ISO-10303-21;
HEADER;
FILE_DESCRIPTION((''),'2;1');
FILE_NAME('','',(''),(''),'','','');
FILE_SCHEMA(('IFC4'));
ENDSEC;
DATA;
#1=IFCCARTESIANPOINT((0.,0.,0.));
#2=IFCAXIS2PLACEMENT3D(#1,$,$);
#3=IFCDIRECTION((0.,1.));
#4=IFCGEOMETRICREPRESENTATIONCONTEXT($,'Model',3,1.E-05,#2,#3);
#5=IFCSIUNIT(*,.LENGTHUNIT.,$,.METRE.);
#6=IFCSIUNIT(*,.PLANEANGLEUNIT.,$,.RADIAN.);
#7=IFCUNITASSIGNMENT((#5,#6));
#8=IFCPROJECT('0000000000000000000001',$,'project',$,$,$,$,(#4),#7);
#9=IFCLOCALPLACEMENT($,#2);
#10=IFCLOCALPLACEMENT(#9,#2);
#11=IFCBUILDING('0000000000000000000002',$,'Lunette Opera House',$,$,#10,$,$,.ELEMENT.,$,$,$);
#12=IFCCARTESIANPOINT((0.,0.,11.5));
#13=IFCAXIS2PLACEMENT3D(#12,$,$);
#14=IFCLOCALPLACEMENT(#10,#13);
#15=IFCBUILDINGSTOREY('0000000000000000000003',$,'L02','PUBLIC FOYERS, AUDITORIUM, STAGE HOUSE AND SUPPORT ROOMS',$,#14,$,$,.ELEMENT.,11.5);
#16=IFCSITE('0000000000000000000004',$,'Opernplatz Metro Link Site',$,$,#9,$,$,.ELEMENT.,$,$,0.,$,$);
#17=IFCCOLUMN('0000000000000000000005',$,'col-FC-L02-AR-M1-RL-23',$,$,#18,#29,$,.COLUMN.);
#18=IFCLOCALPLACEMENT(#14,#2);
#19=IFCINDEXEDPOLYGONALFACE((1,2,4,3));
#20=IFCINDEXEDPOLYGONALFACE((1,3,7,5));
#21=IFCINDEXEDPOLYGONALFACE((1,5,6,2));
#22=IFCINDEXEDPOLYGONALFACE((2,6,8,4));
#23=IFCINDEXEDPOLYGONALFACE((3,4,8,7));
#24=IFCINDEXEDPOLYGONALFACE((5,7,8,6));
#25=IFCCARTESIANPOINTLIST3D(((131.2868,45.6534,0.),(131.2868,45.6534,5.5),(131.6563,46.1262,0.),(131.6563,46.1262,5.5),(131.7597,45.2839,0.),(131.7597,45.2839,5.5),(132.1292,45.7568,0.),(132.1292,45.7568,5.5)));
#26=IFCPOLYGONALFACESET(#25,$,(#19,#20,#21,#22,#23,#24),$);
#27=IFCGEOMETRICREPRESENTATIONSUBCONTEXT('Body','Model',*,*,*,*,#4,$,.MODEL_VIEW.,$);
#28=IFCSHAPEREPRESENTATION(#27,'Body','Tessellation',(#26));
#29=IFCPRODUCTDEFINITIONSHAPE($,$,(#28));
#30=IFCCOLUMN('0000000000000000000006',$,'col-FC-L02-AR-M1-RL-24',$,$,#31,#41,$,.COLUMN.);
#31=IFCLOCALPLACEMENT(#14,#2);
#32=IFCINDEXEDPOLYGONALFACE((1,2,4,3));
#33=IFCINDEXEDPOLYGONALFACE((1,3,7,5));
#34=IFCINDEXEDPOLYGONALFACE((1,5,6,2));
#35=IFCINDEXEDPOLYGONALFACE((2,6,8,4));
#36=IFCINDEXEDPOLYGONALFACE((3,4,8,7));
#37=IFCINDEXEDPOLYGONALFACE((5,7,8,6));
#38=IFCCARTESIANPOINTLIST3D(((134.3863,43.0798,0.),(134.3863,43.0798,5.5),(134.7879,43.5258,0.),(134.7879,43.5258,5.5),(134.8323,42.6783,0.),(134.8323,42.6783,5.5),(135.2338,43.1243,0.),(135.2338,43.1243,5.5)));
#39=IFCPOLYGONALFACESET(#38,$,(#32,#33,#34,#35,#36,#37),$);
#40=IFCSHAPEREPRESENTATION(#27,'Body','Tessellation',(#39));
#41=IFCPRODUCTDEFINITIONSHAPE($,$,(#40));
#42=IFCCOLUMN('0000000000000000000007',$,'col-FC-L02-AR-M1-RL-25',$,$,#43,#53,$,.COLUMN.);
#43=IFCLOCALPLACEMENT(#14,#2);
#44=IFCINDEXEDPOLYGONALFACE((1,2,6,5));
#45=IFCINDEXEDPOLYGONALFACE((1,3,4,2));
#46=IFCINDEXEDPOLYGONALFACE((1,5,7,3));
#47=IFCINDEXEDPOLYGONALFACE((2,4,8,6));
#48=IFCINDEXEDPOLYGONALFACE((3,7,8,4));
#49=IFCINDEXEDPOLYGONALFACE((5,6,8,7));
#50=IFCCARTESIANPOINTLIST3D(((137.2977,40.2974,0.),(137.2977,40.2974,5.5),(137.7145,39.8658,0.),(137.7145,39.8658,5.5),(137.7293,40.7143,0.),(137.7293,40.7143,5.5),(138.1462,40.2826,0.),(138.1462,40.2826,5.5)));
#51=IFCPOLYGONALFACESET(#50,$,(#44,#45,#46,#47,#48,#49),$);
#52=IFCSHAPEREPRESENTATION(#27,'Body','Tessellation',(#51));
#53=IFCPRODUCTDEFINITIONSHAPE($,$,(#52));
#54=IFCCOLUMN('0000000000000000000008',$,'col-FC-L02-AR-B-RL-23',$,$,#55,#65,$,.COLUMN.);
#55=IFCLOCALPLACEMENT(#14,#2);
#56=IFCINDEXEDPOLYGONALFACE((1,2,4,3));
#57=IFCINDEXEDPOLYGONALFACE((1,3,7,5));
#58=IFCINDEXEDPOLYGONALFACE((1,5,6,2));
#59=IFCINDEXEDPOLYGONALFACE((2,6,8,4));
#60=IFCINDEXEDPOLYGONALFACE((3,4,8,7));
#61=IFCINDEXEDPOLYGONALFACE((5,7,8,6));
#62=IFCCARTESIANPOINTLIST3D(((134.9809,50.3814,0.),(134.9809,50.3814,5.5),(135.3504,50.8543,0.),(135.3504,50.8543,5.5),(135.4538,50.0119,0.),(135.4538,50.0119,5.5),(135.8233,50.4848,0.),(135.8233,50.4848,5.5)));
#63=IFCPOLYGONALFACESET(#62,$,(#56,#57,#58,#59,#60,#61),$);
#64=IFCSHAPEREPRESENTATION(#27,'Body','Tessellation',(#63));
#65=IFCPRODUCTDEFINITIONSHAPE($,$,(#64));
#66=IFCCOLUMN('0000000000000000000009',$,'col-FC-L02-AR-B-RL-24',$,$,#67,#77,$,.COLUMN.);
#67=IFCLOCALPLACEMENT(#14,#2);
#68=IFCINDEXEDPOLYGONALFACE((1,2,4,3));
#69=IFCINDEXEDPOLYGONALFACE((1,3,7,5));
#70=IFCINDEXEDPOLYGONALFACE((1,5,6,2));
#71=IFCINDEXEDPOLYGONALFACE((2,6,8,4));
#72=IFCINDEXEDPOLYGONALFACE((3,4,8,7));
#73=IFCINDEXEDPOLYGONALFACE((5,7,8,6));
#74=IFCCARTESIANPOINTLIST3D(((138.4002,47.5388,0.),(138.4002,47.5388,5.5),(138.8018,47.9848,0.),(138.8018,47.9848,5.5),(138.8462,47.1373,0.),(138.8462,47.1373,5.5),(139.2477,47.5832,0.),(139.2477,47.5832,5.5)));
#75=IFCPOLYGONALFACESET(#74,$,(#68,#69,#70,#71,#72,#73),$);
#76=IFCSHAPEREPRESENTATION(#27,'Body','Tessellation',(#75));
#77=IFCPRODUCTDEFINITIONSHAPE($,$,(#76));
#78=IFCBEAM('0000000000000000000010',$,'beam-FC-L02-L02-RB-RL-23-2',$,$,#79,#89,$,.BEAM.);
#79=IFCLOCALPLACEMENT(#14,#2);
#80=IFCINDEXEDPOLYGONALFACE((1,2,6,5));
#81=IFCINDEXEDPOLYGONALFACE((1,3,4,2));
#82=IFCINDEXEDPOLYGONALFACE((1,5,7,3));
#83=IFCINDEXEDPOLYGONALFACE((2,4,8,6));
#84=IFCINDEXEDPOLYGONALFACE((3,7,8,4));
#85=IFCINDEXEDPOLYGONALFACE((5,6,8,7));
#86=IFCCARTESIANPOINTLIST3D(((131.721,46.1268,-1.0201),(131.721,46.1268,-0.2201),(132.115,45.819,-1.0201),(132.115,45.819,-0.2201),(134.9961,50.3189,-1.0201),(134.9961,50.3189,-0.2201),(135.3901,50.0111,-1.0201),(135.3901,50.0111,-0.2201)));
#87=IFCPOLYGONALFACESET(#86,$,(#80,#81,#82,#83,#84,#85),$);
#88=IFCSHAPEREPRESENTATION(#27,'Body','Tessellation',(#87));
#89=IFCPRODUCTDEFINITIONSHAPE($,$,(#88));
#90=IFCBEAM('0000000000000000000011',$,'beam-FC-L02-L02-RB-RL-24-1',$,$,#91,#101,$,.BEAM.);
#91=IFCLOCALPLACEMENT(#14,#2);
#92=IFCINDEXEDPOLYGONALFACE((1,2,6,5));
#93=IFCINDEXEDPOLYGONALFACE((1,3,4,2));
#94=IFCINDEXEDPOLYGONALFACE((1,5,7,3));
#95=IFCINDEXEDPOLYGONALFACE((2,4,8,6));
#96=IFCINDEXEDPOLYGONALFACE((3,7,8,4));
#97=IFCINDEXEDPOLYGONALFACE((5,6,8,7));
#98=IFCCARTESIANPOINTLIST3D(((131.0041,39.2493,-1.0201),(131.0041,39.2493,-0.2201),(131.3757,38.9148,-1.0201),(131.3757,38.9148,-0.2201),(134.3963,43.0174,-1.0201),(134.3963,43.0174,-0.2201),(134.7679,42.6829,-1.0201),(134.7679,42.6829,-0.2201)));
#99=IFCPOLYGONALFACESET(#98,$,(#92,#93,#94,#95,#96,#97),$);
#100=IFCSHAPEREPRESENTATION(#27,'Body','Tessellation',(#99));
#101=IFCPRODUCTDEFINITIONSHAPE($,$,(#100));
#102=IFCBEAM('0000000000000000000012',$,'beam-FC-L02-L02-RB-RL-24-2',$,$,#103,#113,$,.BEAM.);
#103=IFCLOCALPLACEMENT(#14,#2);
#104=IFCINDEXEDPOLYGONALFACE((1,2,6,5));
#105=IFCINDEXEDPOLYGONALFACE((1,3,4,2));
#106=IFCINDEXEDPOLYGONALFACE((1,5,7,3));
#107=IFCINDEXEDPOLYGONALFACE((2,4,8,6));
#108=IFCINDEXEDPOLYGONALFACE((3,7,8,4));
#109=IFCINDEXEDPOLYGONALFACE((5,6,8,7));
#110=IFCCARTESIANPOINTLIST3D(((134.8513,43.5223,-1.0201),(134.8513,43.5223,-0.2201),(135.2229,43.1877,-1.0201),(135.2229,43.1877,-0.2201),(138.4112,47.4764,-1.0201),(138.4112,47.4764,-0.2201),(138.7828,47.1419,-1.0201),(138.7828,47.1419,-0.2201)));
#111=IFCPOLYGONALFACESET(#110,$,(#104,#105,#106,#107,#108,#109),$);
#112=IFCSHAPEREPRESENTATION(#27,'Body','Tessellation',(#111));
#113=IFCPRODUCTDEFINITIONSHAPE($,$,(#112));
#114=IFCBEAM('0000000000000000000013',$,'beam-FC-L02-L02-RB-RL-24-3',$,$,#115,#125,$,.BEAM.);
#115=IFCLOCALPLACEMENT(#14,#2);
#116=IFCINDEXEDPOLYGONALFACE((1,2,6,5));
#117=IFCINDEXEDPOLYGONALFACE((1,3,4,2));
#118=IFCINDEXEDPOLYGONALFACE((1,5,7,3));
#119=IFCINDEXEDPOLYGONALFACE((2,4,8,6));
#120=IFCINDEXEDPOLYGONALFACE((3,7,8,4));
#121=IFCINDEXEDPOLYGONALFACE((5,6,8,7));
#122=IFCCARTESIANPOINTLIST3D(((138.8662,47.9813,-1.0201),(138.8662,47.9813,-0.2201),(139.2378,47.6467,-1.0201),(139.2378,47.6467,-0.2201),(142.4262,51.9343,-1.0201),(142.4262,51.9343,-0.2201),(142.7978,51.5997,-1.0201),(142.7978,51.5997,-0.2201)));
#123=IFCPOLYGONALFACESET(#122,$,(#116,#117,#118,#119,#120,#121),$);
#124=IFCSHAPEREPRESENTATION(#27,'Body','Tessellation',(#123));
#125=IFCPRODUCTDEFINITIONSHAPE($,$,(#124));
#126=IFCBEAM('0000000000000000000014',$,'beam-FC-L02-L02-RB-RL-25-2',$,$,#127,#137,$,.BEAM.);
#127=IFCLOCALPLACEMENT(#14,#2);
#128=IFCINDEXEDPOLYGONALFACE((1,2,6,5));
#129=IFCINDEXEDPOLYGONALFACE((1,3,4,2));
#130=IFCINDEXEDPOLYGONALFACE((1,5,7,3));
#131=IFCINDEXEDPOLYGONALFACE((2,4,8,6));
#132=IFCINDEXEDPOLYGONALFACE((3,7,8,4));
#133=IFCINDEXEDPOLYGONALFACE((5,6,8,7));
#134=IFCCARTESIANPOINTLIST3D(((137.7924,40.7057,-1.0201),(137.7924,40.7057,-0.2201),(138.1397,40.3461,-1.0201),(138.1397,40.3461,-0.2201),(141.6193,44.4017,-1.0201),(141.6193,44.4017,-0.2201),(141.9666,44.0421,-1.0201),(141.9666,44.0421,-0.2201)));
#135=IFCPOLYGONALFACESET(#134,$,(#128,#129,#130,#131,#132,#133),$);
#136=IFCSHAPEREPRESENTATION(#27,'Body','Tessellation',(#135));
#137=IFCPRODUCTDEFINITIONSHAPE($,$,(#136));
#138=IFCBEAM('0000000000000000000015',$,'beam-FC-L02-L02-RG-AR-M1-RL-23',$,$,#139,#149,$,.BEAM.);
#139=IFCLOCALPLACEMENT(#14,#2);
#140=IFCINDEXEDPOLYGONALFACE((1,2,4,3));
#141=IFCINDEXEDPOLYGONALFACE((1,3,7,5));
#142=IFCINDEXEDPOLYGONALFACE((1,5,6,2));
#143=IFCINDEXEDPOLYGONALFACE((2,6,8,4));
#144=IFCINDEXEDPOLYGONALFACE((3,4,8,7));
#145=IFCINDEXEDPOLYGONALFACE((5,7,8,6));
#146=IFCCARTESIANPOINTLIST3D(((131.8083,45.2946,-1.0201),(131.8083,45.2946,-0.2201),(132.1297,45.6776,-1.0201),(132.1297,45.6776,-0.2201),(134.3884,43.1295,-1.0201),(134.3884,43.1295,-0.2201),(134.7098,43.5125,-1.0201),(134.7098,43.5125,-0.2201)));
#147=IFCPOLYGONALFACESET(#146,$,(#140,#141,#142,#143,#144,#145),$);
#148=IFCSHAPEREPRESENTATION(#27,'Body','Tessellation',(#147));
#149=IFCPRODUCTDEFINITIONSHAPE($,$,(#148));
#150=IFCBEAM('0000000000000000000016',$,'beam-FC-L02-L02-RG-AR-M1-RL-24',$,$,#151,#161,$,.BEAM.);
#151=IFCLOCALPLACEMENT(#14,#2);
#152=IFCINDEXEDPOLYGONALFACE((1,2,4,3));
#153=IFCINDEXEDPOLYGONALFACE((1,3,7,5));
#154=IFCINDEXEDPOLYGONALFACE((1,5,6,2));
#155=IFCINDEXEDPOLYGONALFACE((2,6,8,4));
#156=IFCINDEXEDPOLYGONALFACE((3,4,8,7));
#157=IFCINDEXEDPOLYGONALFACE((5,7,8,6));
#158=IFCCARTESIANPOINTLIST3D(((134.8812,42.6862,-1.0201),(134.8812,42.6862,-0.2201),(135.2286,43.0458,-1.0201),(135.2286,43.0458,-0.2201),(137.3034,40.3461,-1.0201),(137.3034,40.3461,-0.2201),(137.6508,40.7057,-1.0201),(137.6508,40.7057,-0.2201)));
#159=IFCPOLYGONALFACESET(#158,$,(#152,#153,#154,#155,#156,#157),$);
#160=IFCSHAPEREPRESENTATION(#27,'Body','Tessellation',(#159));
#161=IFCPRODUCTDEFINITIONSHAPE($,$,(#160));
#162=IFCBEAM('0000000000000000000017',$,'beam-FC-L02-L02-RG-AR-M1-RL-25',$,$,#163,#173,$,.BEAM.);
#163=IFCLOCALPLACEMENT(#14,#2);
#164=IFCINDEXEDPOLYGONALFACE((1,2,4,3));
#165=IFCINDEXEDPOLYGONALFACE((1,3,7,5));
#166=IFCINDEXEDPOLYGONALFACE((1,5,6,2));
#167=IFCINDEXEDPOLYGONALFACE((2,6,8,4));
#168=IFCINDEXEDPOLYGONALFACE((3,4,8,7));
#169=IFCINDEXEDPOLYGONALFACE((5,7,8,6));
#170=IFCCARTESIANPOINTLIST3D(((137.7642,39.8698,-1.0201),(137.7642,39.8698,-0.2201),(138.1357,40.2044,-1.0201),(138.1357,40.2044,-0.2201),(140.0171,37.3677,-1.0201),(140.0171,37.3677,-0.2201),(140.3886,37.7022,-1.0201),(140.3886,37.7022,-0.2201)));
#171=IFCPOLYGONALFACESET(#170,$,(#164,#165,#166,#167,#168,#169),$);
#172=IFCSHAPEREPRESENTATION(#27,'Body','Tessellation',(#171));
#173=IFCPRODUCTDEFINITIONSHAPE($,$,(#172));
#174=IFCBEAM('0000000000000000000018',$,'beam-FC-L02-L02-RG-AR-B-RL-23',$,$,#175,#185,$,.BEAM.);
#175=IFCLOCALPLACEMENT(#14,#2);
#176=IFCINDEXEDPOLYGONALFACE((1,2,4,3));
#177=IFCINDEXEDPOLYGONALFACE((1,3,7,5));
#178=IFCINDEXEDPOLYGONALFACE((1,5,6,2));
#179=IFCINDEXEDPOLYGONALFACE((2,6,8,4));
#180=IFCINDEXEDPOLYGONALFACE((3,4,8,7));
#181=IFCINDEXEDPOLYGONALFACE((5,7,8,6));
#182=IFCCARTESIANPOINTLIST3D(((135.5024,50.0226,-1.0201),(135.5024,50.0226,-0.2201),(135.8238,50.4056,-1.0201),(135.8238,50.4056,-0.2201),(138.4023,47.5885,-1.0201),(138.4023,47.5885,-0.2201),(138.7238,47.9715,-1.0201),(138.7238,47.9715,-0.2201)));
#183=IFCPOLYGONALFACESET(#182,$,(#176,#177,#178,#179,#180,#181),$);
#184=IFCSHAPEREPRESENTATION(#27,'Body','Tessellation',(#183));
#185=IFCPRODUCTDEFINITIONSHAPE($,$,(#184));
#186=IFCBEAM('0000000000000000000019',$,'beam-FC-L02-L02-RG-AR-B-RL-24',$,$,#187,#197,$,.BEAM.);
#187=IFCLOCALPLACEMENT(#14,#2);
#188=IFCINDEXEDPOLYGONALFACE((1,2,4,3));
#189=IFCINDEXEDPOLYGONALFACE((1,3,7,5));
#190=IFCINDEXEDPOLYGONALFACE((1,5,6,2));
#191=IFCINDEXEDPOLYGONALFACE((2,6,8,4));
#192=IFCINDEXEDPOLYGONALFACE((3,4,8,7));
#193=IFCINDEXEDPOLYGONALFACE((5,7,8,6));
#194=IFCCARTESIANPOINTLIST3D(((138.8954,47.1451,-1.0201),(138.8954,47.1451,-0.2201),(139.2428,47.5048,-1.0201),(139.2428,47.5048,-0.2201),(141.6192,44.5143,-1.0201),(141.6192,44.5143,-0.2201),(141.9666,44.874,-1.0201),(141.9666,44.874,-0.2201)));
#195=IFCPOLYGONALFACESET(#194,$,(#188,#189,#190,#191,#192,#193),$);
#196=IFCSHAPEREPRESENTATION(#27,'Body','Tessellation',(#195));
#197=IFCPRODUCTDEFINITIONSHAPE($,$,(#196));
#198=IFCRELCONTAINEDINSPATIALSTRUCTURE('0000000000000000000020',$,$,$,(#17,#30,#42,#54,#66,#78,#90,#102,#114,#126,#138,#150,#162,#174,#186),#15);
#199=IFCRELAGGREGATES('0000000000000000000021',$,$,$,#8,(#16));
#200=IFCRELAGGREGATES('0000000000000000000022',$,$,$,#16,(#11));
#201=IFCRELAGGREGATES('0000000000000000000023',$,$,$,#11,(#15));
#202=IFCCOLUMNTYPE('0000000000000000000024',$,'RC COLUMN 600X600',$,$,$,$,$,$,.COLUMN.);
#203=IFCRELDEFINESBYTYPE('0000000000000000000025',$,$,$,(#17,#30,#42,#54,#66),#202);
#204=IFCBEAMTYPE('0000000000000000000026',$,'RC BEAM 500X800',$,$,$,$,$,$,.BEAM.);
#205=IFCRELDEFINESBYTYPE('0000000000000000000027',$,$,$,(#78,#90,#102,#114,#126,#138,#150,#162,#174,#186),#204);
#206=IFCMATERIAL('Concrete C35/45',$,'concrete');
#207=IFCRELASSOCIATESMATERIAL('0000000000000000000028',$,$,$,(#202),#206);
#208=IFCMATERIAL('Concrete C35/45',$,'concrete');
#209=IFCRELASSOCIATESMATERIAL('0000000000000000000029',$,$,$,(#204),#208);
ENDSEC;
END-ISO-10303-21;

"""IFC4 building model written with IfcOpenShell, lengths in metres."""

from ifc_helpers import new_model, si_unit, direction, frame, origin, origin_2d, place, context, subcontext, project, spatial, rectangle, extrude, material, material_profile, profile_set, type_object, element, save


model = new_model("IFC4")

# Units and contexts
model_context = context("Model", 3, precision=1e-05, world=origin(), true_north=direction((0.0, 1.0)))
body_context = subcontext(model_context, "Body", "Model", "MODEL_VIEW")
ifc_project = project(units=[si_unit("LENGTHUNIT", "METRE"), si_unit("PLANEANGLEUNIT", "RADIAN")], contexts=[model_context])

# Site, building, storey
site_placement = place(None, origin())
site = spatial("IfcSite", under=ifc_project, at=site_placement, Name="Opernplatz Metro Link Site", CompositionType="ELEMENT", RefElevation=0.0)
building_placement = place(site_placement, origin())
building = spatial("IfcBuilding", under=site, at=building_placement, Name="Lunette Opera House", CompositionType="ELEMENT")
storey_placement = place(building_placement, frame((0.0, 0.0, 11.5)))
storey = spatial("IfcBuildingStorey", under=building, at=storey_placement, Name="L02", Description="PUBLIC FOYERS, AUDITORIUM, STAGE HOUSE AND SUPPORT ROOMS", CompositionType="ELEMENT", Elevation=11.5)

# Columns
ifc_material_1 = material(Name="Concrete C35/45", Category="concrete")
ifc_material_profile_1 = material_profile(ifc_material_1, rectangle(XDim=0.6001, YDim=0.6001, at=origin_2d()), Name="RC COLUMN 600X600")
ifc_profile_set_1 = profile_set([ifc_material_profile_1], Name="Concrete C35/45")
column_type = type_object("IfcColumnType", Name="RC COLUMN 600X600", PredefinedType="COLUMN", material=ifc_profile_set_1)
for number, where, z_axis, x_axis, name in (
    (1, (131.708, 45.7051, 0.0), (0.0, 0.0, 1.0), (0.788011, -0.615661, 0.0), "col-FC-L02-AR-M1-RL-23"),
    (2, (134.8101, 43.1021, 0.0), (0.0, 0.0, 1.0), (0.743145, -0.669131, 0.0), "col-FC-L02-AR-M1-RL-24"),
    (3, (137.7219, 40.29, 0.0), (0.0, 0.0, 1.0), (0.694658, -0.71934, 0.0), "col-FC-L02-AR-M1-RL-25"),
    (4, (135.4021, 50.4331, 0.0), (0.0, 0.0, 1.0), (0.788011, -0.615661, 0.0), "col-FC-L02-AR-B-RL-23"),
    (5, (138.824, 47.561, 0.0), (0.0, 0.0, 1.0), (0.743145, -0.669131, 0.0), "col-FC-L02-AR-B-RL-24"),
):
    element("IfcColumn", number, at=place(storey_placement, frame(where, z_axis=z_axis, x_axis=x_axis)), inside=storey, type_object=column_type, Name=name, PredefinedType="COLUMN", context=body_context, shape_type="SweptSolid", body=[
        extrude(rectangle(XDim=0.6001, YDim=0.6001, at=origin_2d()), origin(), (0.0, 0.0, 1.0), 5.5),
    ])

# Beams
ifc_material_2 = material(Name="Concrete C35/45", Category="concrete")
ifc_material_profile_2 = material_profile(ifc_material_2, rectangle(XDim=0.5, YDim=0.8, at=origin_2d()), Name="RC BEAM 500X800")
ifc_profile_set_2 = profile_set([ifc_material_profile_2], Name="Concrete C35/45")
beam_type_1 = type_object("IfcBeamType", Name="RC BEAM 500X800", PredefinedType="BEAM", material=ifc_profile_set_2)
beam_1_placement = place(storey_placement, frame((131.918, 45.9729, -0.6201), z_axis=(0.615648, 0.788021, 0.0), x_axis=(-0.788021, 0.615648, 0.0)))
element("IfcBeam", 6, at=beam_1_placement, inside=storey, type_object=beam_type_1, Name="beam-FC-L02-L02-RB-RL-23-2", PredefinedType="BEAM", context=body_context, shape_type="SweptSolid", body=[
    extrude(rectangle(XDim=0.5, YDim=0.8, at=origin_2d()), origin(), (0.0, 0.0, 1.0), 5.3198),
])
beam_2_placement = place(storey_placement, frame((131.1899, 39.082, -0.6201), z_axis=(0.669055, 0.743213, 0.0), x_axis=(-0.743213, 0.669055, 0.0)))
element("IfcBeam", 7, at=beam_2_placement, inside=storey, type_object=beam_type_1, Name="beam-FC-L02-L02-RB-RL-24-1", PredefinedType="BEAM", context=body_context, shape_type="SweptSolid", body=[
    extrude(rectangle(XDim=0.5, YDim=0.8, at=origin_2d()), origin(), (0.0, 0.0, 1.0), 5.0701),
])
beam_3_placement = place(storey_placement, frame((135.0371, 43.355, -0.6201), z_axis=(0.669081, 0.743189, 0.0), x_axis=(-0.743189, 0.669081, 0.0)))
element("IfcBeam", 8, at=beam_3_placement, inside=storey, type_object=beam_type_1, Name="beam-FC-L02-L02-RB-RL-24-2", PredefinedType="BEAM", context=body_context, shape_type="SweptSolid", body=[
    extrude(rectangle(XDim=0.5, YDim=0.8, at=origin_2d()), origin(), (0.0, 0.0, 1.0), 5.3206),
])
beam_4_placement = place(storey_placement, frame((139.052, 47.814, -0.6201), z_axis=(0.669198, 0.743084, 0.0), x_axis=(-0.743084, 0.669198, 0.0)))
element("IfcBeam", 9, at=beam_4_placement, inside=storey, type_object=beam_type_1, Name="beam-FC-L02-L02-RB-RL-24-3", PredefinedType="BEAM", context=body_context, shape_type="SweptSolid", body=[
    extrude(rectangle(XDim=0.5, YDim=0.8, at=origin_2d()), origin(), (0.0, 0.0, 1.0), 5.3198),
])
beam_5_placement = place(storey_placement, frame((137.9661, 40.5259, -0.6201), z_axis=(0.719298, 0.694702, 0.0), x_axis=(-0.694702, 0.719298, 0.0)))
element("IfcBeam", 10, at=beam_5_placement, inside=storey, type_object=beam_type_1, Name="beam-FC-L02-L02-RB-RL-25-2", PredefinedType="BEAM", context=body_context, shape_type="SweptSolid", body=[
    extrude(rectangle(XDim=0.5, YDim=0.8, at=origin_2d()), origin(), (0.0, 0.0, 1.0), 5.3203),
])
beam_6_placement = place(storey_placement, frame((131.969, 45.4861, -0.6201), z_axis=(0.76603, -0.642804, 0.0), x_axis=(0.642804, 0.76603, 0.0)))
element("IfcBeam", 11, at=beam_6_placement, inside=storey, type_object=beam_type_1, Name="beam-FC-L02-L02-RG-AR-M1-RL-23", PredefinedType="BEAM", context=body_context, shape_type="SweptSolid", body=[
    extrude(rectangle(XDim=0.5, YDim=0.8, at=origin_2d()), origin(), (0.0, 0.0, 1.0), 3.3682),
])
beam_7_placement = place(storey_placement, frame((135.0549, 42.866, -0.6201), z_axis=(0.71918, -0.694823, 0.0), x_axis=(0.694823, 0.71918, 0.0)))
element("IfcBeam", 12, at=beam_7_placement, inside=storey, type_object=beam_type_1, Name="beam-FC-L02-L02-RG-AR-M1-RL-24", PredefinedType="BEAM", context=body_context, shape_type="SweptSolid", body=[
    extrude(rectangle(XDim=0.5, YDim=0.8, at=origin_2d()), origin(), (0.0, 0.0, 1.0), 3.3679),
])
beam_8_placement = place(storey_placement, frame((137.95, 40.0371, -0.6201), z_axis=(0.669121, -0.743154, 0.0), x_axis=(0.743154, 0.669121, 0.0)))
element("IfcBeam", 13, at=beam_8_placement, inside=storey, type_object=beam_type_1, Name="beam-FC-L02-L02-RG-AR-M1-RL-25", PredefinedType="BEAM", context=body_context, shape_type="SweptSolid", body=[
    extrude(rectangle(XDim=0.5, YDim=0.8, at=origin_2d()), origin(), (0.0, 0.0, 1.0), 3.3669),
])
beam_9_placement = place(storey_placement, frame((135.6631, 50.2141, -0.6201), z_axis=(0.765944, -0.642908, 0.0), x_axis=(0.642908, 0.765944, 0.0)))
element("IfcBeam", 14, at=beam_9_placement, inside=storey, type_object=beam_type_1, Name="beam-FC-L02-L02-RG-AR-B-RL-23", PredefinedType="BEAM", context=body_context, shape_type="SweptSolid", body=[
    extrude(rectangle(XDim=0.5, YDim=0.8, at=origin_2d()), origin(), (0.0, 0.0, 1.0), 3.7861),
])
beam_10_placement = place(storey_placement, frame((139.0691, 47.325, -0.6201), z_axis=(0.719281, -0.694719, 0.0), x_axis=(0.694719, 0.719281, 0.0)))
element("IfcBeam", 15, at=beam_10_placement, inside=storey, type_object=beam_type_1, Name="beam-FC-L02-L02-RG-AR-B-RL-24", PredefinedType="BEAM", context=body_context, shape_type="SweptSolid", body=[
    extrude(rectangle(XDim=0.5, YDim=0.8, at=origin_2d()), origin(), (0.0, 0.0, 1.0), 3.7869),
])

save(model, "model.ifc")
